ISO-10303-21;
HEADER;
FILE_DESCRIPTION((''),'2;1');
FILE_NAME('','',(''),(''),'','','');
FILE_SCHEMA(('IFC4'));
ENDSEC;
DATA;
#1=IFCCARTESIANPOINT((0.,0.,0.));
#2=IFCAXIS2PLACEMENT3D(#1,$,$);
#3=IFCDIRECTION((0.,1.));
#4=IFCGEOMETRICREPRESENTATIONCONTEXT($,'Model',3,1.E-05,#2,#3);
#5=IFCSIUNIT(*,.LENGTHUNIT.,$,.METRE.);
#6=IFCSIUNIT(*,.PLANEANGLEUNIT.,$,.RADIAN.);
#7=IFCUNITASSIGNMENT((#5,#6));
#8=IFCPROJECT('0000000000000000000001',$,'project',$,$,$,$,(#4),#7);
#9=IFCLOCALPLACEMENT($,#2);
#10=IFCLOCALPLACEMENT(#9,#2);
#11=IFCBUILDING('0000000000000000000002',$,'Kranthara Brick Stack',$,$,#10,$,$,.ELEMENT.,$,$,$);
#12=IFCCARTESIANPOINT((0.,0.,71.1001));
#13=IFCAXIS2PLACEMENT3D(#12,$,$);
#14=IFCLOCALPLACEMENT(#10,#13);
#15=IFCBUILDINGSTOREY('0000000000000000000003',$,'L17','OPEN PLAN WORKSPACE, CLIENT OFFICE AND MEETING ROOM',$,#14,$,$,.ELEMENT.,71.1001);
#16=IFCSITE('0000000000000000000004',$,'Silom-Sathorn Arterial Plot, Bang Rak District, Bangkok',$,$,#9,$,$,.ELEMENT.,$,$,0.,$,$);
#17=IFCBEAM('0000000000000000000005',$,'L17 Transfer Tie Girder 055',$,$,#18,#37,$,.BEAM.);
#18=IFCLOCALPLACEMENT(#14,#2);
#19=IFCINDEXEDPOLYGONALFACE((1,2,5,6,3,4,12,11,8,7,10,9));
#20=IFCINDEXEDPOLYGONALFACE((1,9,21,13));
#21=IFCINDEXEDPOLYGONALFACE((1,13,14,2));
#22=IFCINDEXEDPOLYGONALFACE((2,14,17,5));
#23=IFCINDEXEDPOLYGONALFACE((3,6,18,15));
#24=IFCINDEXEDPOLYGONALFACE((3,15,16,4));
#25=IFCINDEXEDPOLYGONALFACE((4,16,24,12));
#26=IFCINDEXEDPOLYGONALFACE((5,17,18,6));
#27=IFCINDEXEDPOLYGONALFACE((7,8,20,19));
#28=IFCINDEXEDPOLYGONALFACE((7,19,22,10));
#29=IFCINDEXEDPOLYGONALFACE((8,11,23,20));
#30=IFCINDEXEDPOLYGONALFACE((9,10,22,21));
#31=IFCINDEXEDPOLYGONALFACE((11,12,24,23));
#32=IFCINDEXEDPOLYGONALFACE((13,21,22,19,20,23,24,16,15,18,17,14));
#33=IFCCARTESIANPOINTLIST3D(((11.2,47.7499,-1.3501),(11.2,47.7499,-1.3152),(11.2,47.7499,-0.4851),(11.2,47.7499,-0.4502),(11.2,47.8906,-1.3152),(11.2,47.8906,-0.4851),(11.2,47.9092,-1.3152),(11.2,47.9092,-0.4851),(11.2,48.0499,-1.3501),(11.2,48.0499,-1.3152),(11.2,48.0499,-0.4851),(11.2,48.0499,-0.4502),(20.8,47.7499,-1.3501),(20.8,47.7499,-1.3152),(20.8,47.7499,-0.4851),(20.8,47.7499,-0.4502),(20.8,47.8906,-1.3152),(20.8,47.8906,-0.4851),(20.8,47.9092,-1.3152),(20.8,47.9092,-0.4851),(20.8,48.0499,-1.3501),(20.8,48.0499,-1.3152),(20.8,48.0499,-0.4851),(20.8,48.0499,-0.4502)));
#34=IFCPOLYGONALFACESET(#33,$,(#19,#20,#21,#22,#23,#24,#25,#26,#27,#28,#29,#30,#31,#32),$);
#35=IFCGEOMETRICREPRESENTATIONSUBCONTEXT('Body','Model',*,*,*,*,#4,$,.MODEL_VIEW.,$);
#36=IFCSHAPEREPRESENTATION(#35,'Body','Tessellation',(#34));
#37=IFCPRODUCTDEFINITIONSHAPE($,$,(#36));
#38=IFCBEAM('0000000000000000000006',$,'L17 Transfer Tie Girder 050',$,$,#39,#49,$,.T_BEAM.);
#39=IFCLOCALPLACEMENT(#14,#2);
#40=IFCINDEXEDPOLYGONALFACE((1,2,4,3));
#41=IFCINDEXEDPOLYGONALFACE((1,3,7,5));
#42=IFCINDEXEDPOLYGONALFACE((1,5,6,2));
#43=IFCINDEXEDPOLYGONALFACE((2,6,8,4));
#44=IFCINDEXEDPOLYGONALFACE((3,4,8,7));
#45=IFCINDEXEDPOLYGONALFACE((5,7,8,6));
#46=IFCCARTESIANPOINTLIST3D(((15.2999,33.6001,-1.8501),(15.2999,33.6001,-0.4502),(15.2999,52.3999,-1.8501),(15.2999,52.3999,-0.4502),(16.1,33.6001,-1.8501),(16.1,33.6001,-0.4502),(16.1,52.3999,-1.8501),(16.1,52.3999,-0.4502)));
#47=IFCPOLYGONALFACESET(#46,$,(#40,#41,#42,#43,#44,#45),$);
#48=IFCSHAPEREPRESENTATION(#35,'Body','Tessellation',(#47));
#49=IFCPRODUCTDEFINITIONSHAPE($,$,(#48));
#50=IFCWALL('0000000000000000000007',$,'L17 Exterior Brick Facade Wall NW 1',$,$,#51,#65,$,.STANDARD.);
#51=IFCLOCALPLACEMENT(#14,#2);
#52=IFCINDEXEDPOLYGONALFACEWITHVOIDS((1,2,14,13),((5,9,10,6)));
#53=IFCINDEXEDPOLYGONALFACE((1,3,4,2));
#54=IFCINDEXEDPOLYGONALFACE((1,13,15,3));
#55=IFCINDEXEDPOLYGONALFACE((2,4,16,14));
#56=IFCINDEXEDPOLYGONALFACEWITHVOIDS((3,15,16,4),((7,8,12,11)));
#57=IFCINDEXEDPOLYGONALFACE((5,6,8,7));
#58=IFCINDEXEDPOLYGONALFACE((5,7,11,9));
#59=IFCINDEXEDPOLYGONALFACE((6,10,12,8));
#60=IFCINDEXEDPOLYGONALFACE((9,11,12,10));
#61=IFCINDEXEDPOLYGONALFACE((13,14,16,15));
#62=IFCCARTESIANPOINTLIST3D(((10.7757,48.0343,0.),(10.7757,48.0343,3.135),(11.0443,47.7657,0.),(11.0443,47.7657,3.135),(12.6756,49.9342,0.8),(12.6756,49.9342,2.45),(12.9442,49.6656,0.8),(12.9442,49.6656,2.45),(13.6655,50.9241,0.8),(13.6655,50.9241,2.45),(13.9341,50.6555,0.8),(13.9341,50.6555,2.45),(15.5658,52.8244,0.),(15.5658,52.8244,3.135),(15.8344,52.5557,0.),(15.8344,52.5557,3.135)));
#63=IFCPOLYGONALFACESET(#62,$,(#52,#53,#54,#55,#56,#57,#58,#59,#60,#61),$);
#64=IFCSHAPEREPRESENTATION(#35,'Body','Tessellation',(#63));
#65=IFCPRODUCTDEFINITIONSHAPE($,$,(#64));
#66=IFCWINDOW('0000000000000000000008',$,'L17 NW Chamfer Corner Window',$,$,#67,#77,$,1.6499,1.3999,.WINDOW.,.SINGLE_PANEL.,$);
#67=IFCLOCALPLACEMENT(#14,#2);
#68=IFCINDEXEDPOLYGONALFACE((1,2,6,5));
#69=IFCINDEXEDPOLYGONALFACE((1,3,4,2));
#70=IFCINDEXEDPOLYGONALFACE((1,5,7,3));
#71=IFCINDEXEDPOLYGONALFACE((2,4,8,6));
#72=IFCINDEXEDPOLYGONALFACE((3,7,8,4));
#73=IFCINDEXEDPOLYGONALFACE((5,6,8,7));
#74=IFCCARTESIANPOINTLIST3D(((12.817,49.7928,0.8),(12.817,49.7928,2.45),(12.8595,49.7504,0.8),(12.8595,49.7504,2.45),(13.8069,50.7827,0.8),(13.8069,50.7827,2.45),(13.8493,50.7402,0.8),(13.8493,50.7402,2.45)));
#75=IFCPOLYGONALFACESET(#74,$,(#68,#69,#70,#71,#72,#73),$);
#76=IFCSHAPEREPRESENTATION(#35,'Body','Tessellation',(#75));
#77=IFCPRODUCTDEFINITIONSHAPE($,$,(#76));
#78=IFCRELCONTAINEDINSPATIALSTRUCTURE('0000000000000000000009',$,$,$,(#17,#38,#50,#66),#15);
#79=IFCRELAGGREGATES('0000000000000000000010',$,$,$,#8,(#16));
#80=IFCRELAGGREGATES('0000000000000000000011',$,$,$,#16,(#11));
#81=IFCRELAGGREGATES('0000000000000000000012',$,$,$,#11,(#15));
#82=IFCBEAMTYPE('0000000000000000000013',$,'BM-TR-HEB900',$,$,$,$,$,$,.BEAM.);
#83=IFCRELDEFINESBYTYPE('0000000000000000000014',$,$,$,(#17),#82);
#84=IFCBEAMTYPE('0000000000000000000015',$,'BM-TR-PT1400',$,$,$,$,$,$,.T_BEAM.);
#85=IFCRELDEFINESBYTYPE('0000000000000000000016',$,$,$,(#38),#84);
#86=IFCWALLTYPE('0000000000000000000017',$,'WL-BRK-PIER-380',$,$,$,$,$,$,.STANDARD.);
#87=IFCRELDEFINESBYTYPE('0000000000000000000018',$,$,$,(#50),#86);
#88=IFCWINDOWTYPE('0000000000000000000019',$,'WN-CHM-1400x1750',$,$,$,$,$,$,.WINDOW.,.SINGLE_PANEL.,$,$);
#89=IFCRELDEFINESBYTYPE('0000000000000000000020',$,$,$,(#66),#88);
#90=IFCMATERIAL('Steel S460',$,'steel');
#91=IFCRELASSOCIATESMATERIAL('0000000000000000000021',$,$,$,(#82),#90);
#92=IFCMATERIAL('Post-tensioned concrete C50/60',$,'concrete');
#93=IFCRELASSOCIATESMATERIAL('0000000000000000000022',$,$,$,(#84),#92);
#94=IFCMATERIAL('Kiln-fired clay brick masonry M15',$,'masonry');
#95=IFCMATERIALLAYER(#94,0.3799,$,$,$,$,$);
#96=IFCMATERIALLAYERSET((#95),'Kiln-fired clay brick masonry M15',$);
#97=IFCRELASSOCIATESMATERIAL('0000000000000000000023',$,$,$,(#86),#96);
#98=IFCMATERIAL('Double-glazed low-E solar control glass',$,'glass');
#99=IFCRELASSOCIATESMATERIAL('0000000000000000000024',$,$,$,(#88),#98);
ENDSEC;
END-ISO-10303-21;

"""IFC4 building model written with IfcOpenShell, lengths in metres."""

from ifc_helpers import new_model, si_unit, direction, frame, frame_2d, origin, origin_2d, place, context, subcontext, project, spatial, rectangle, i_section, extrude, material, layer, layer_set, material_profile, profile_set, type_object, element, fill, save


model = new_model("IFC4")

# Units and contexts
model_context = context("Model", 3, precision=1e-05, world=origin(), true_north=direction((0.0, 1.0)))
body_context = subcontext(model_context, "Body", "Model", "MODEL_VIEW")
ifc_project = project(units=[si_unit("LENGTHUNIT", "METRE"), si_unit("PLANEANGLEUNIT", "RADIAN")], contexts=[model_context])

# Site, building, storey
site_placement = place(None, origin())
site = spatial("IfcSite", under=ifc_project, at=site_placement, Name="Silom-Sathorn Arterial Plot, Bang Rak District, Bangkok", CompositionType="ELEMENT", RefElevation=0.0)
building_placement = place(site_placement, origin())
building = spatial("IfcBuilding", under=site, at=building_placement, Name="Kranthara Brick Stack", CompositionType="ELEMENT")
storey_placement = place(building_placement, frame((0.0, 0.0, 71.1001)))
storey = spatial("IfcBuildingStorey", under=building, at=storey_placement, Name="L17", Description="OPEN PLAN WORKSPACE, CLIENT OFFICE AND MEETING ROOM", CompositionType="ELEMENT", Elevation=71.1001)

# Beams
ifc_material_1 = material(Name="Steel S460", Category="steel")
ifc_material_profile_1 = material_profile(ifc_material_1, i_section(OverallWidth=0.3, OverallDepth=0.8999, WebThickness=0.0186, FlangeThickness=0.0349, at=origin_2d()), Name="HEB 900")
ifc_profile_set_1 = profile_set([ifc_material_profile_1], Name="Steel S460")
beam_type_1 = type_object("IfcBeamType", Name="BM-TR-HEB900", PredefinedType="BEAM", material=ifc_profile_set_1)
beam_1_placement = place(storey_placement, frame((11.2, 47.8999, -0.9001), z_axis=(1.0, 0.0, 0.0), x_axis=(0.0, 1.0, 0.0)))
element("IfcBeam", 1, at=beam_1_placement, inside=storey, type_object=beam_type_1, Name="L17 Transfer Tie Girder 055", PredefinedType="BEAM", context=body_context, shape_type="SweptSolid", body=[
    extrude(i_section(OverallWidth=0.3, OverallDepth=0.8999, WebThickness=0.0186, FlangeThickness=0.0349, at=origin_2d()), origin(), (0.0, 0.0, 1.0), 9.6001),
])
ifc_material_2 = material(Name="Post-tensioned concrete C50/60", Category="concrete")
ifc_material_profile_2 = material_profile(ifc_material_2, rectangle(XDim=0.8, YDim=1.3999, at=origin_2d()), Name="PT 800x1400")
ifc_profile_set_2 = profile_set([ifc_material_profile_2], Name="Post-tensioned concrete C50/60")
beam_type_2 = type_object("IfcBeamType", Name="BM-TR-PT1400", PredefinedType="T_BEAM", material=ifc_profile_set_2)
beam_2_placement = place(storey_placement, frame((15.7, 52.3999, -1.1501), z_axis=(0.0, -1.0, 0.0), x_axis=(1.0, 0.0, 0.0)))
element("IfcBeam", 2, at=beam_2_placement, inside=storey, type_object=beam_type_2, Name="L17 Transfer Tie Girder 050", PredefinedType="T_BEAM", context=body_context, shape_type="SweptSolid", body=[
    extrude(rectangle(XDim=0.8, YDim=1.3999, at=origin_2d()), origin(), (0.0, 0.0, 1.0), 18.7998),
])

# Wall, opening, window
ifc_material_3 = material(Name="Kiln-fired clay brick masonry M15", Category="masonry")
ifc_layer_1 = layer(ifc_material_3, 0.3799)
ifc_layer_set_1 = layer_set([ifc_layer_1], Name="Kiln-fired clay brick masonry M15")
wall_type = type_object("IfcWallType", Name="WL-BRK-PIER-380", PredefinedType="STANDARD", material=ifc_layer_set_1)
wall_1_placement = place(storey_placement, frame((10.9099, 47.8999, 0.0), z_axis=(0.0, 0.0, 1.0), x_axis=(0.707107, 0.707107, 0.0)))
wall_1 = element("IfcWall", 3, at=wall_1_placement, inside=storey, type_object=wall_type, Name="L17 Exterior Brick Facade Wall NW 1", PredefinedType="STANDARD", context=body_context, shape_type="SweptSolid", body=[
    extrude(rectangle(XDim=6.7742, YDim=0.3799, at=frame_2d((3.3872, 0.0))), origin(), (0.0, 0.0, 1.0), 3.135),
])
opening_1_placement = place(wall_1_placement, frame((2.687, 0.0, 0.8)))
opening_1 = element("IfcOpeningElement", 4, at=opening_1_placement, cuts=wall_1, PredefinedType="OPENING", context=body_context, shape_type="SweptSolid", body=[
    extrude(rectangle(XDim=1.3999, YDim=1.6499, at=frame_2d((0.7, 0.825))), frame((0.0, 0.2, 0.0), z_axis=(0.0, -1.0, 0.0), x_axis=(1.0, 0.0, 0.0)), (0.0, 0.0, 1.0), 0.3999),
])
ifc_material_4 = material(Name="Double-glazed low-E solar control glass", Category="glass")
window_type_1 = type_object("IfcWindowType", Name="WN-CHM-1400x1750", PartitioningType="SINGLE_PANEL", PredefinedType="WINDOW", material=ifc_material_4)
window_1_placement = place(opening_1_placement, origin())
window_1 = element("IfcWindow", 5, at=window_1_placement, inside=storey, type_object=window_type_1, Name="L17 NW Chamfer Corner Window", OverallHeight=1.6499, OverallWidth=1.3999, PartitioningType="SINGLE_PANEL", PredefinedType="WINDOW", context=body_context, shape_type="SweptSolid", body=[
    extrude(rectangle(XDim=1.3999, YDim=1.6499, at=frame_2d((0.7, 0.825))), frame((0.0, -0.01, 0.0), z_axis=(0.0, -1.0, 0.0), x_axis=(1.0, 0.0, 0.0)), (0.0, 0.0, 1.0), 0.0601),
])
fill(opening_1, window_1)

save(model, "model.ifc")
